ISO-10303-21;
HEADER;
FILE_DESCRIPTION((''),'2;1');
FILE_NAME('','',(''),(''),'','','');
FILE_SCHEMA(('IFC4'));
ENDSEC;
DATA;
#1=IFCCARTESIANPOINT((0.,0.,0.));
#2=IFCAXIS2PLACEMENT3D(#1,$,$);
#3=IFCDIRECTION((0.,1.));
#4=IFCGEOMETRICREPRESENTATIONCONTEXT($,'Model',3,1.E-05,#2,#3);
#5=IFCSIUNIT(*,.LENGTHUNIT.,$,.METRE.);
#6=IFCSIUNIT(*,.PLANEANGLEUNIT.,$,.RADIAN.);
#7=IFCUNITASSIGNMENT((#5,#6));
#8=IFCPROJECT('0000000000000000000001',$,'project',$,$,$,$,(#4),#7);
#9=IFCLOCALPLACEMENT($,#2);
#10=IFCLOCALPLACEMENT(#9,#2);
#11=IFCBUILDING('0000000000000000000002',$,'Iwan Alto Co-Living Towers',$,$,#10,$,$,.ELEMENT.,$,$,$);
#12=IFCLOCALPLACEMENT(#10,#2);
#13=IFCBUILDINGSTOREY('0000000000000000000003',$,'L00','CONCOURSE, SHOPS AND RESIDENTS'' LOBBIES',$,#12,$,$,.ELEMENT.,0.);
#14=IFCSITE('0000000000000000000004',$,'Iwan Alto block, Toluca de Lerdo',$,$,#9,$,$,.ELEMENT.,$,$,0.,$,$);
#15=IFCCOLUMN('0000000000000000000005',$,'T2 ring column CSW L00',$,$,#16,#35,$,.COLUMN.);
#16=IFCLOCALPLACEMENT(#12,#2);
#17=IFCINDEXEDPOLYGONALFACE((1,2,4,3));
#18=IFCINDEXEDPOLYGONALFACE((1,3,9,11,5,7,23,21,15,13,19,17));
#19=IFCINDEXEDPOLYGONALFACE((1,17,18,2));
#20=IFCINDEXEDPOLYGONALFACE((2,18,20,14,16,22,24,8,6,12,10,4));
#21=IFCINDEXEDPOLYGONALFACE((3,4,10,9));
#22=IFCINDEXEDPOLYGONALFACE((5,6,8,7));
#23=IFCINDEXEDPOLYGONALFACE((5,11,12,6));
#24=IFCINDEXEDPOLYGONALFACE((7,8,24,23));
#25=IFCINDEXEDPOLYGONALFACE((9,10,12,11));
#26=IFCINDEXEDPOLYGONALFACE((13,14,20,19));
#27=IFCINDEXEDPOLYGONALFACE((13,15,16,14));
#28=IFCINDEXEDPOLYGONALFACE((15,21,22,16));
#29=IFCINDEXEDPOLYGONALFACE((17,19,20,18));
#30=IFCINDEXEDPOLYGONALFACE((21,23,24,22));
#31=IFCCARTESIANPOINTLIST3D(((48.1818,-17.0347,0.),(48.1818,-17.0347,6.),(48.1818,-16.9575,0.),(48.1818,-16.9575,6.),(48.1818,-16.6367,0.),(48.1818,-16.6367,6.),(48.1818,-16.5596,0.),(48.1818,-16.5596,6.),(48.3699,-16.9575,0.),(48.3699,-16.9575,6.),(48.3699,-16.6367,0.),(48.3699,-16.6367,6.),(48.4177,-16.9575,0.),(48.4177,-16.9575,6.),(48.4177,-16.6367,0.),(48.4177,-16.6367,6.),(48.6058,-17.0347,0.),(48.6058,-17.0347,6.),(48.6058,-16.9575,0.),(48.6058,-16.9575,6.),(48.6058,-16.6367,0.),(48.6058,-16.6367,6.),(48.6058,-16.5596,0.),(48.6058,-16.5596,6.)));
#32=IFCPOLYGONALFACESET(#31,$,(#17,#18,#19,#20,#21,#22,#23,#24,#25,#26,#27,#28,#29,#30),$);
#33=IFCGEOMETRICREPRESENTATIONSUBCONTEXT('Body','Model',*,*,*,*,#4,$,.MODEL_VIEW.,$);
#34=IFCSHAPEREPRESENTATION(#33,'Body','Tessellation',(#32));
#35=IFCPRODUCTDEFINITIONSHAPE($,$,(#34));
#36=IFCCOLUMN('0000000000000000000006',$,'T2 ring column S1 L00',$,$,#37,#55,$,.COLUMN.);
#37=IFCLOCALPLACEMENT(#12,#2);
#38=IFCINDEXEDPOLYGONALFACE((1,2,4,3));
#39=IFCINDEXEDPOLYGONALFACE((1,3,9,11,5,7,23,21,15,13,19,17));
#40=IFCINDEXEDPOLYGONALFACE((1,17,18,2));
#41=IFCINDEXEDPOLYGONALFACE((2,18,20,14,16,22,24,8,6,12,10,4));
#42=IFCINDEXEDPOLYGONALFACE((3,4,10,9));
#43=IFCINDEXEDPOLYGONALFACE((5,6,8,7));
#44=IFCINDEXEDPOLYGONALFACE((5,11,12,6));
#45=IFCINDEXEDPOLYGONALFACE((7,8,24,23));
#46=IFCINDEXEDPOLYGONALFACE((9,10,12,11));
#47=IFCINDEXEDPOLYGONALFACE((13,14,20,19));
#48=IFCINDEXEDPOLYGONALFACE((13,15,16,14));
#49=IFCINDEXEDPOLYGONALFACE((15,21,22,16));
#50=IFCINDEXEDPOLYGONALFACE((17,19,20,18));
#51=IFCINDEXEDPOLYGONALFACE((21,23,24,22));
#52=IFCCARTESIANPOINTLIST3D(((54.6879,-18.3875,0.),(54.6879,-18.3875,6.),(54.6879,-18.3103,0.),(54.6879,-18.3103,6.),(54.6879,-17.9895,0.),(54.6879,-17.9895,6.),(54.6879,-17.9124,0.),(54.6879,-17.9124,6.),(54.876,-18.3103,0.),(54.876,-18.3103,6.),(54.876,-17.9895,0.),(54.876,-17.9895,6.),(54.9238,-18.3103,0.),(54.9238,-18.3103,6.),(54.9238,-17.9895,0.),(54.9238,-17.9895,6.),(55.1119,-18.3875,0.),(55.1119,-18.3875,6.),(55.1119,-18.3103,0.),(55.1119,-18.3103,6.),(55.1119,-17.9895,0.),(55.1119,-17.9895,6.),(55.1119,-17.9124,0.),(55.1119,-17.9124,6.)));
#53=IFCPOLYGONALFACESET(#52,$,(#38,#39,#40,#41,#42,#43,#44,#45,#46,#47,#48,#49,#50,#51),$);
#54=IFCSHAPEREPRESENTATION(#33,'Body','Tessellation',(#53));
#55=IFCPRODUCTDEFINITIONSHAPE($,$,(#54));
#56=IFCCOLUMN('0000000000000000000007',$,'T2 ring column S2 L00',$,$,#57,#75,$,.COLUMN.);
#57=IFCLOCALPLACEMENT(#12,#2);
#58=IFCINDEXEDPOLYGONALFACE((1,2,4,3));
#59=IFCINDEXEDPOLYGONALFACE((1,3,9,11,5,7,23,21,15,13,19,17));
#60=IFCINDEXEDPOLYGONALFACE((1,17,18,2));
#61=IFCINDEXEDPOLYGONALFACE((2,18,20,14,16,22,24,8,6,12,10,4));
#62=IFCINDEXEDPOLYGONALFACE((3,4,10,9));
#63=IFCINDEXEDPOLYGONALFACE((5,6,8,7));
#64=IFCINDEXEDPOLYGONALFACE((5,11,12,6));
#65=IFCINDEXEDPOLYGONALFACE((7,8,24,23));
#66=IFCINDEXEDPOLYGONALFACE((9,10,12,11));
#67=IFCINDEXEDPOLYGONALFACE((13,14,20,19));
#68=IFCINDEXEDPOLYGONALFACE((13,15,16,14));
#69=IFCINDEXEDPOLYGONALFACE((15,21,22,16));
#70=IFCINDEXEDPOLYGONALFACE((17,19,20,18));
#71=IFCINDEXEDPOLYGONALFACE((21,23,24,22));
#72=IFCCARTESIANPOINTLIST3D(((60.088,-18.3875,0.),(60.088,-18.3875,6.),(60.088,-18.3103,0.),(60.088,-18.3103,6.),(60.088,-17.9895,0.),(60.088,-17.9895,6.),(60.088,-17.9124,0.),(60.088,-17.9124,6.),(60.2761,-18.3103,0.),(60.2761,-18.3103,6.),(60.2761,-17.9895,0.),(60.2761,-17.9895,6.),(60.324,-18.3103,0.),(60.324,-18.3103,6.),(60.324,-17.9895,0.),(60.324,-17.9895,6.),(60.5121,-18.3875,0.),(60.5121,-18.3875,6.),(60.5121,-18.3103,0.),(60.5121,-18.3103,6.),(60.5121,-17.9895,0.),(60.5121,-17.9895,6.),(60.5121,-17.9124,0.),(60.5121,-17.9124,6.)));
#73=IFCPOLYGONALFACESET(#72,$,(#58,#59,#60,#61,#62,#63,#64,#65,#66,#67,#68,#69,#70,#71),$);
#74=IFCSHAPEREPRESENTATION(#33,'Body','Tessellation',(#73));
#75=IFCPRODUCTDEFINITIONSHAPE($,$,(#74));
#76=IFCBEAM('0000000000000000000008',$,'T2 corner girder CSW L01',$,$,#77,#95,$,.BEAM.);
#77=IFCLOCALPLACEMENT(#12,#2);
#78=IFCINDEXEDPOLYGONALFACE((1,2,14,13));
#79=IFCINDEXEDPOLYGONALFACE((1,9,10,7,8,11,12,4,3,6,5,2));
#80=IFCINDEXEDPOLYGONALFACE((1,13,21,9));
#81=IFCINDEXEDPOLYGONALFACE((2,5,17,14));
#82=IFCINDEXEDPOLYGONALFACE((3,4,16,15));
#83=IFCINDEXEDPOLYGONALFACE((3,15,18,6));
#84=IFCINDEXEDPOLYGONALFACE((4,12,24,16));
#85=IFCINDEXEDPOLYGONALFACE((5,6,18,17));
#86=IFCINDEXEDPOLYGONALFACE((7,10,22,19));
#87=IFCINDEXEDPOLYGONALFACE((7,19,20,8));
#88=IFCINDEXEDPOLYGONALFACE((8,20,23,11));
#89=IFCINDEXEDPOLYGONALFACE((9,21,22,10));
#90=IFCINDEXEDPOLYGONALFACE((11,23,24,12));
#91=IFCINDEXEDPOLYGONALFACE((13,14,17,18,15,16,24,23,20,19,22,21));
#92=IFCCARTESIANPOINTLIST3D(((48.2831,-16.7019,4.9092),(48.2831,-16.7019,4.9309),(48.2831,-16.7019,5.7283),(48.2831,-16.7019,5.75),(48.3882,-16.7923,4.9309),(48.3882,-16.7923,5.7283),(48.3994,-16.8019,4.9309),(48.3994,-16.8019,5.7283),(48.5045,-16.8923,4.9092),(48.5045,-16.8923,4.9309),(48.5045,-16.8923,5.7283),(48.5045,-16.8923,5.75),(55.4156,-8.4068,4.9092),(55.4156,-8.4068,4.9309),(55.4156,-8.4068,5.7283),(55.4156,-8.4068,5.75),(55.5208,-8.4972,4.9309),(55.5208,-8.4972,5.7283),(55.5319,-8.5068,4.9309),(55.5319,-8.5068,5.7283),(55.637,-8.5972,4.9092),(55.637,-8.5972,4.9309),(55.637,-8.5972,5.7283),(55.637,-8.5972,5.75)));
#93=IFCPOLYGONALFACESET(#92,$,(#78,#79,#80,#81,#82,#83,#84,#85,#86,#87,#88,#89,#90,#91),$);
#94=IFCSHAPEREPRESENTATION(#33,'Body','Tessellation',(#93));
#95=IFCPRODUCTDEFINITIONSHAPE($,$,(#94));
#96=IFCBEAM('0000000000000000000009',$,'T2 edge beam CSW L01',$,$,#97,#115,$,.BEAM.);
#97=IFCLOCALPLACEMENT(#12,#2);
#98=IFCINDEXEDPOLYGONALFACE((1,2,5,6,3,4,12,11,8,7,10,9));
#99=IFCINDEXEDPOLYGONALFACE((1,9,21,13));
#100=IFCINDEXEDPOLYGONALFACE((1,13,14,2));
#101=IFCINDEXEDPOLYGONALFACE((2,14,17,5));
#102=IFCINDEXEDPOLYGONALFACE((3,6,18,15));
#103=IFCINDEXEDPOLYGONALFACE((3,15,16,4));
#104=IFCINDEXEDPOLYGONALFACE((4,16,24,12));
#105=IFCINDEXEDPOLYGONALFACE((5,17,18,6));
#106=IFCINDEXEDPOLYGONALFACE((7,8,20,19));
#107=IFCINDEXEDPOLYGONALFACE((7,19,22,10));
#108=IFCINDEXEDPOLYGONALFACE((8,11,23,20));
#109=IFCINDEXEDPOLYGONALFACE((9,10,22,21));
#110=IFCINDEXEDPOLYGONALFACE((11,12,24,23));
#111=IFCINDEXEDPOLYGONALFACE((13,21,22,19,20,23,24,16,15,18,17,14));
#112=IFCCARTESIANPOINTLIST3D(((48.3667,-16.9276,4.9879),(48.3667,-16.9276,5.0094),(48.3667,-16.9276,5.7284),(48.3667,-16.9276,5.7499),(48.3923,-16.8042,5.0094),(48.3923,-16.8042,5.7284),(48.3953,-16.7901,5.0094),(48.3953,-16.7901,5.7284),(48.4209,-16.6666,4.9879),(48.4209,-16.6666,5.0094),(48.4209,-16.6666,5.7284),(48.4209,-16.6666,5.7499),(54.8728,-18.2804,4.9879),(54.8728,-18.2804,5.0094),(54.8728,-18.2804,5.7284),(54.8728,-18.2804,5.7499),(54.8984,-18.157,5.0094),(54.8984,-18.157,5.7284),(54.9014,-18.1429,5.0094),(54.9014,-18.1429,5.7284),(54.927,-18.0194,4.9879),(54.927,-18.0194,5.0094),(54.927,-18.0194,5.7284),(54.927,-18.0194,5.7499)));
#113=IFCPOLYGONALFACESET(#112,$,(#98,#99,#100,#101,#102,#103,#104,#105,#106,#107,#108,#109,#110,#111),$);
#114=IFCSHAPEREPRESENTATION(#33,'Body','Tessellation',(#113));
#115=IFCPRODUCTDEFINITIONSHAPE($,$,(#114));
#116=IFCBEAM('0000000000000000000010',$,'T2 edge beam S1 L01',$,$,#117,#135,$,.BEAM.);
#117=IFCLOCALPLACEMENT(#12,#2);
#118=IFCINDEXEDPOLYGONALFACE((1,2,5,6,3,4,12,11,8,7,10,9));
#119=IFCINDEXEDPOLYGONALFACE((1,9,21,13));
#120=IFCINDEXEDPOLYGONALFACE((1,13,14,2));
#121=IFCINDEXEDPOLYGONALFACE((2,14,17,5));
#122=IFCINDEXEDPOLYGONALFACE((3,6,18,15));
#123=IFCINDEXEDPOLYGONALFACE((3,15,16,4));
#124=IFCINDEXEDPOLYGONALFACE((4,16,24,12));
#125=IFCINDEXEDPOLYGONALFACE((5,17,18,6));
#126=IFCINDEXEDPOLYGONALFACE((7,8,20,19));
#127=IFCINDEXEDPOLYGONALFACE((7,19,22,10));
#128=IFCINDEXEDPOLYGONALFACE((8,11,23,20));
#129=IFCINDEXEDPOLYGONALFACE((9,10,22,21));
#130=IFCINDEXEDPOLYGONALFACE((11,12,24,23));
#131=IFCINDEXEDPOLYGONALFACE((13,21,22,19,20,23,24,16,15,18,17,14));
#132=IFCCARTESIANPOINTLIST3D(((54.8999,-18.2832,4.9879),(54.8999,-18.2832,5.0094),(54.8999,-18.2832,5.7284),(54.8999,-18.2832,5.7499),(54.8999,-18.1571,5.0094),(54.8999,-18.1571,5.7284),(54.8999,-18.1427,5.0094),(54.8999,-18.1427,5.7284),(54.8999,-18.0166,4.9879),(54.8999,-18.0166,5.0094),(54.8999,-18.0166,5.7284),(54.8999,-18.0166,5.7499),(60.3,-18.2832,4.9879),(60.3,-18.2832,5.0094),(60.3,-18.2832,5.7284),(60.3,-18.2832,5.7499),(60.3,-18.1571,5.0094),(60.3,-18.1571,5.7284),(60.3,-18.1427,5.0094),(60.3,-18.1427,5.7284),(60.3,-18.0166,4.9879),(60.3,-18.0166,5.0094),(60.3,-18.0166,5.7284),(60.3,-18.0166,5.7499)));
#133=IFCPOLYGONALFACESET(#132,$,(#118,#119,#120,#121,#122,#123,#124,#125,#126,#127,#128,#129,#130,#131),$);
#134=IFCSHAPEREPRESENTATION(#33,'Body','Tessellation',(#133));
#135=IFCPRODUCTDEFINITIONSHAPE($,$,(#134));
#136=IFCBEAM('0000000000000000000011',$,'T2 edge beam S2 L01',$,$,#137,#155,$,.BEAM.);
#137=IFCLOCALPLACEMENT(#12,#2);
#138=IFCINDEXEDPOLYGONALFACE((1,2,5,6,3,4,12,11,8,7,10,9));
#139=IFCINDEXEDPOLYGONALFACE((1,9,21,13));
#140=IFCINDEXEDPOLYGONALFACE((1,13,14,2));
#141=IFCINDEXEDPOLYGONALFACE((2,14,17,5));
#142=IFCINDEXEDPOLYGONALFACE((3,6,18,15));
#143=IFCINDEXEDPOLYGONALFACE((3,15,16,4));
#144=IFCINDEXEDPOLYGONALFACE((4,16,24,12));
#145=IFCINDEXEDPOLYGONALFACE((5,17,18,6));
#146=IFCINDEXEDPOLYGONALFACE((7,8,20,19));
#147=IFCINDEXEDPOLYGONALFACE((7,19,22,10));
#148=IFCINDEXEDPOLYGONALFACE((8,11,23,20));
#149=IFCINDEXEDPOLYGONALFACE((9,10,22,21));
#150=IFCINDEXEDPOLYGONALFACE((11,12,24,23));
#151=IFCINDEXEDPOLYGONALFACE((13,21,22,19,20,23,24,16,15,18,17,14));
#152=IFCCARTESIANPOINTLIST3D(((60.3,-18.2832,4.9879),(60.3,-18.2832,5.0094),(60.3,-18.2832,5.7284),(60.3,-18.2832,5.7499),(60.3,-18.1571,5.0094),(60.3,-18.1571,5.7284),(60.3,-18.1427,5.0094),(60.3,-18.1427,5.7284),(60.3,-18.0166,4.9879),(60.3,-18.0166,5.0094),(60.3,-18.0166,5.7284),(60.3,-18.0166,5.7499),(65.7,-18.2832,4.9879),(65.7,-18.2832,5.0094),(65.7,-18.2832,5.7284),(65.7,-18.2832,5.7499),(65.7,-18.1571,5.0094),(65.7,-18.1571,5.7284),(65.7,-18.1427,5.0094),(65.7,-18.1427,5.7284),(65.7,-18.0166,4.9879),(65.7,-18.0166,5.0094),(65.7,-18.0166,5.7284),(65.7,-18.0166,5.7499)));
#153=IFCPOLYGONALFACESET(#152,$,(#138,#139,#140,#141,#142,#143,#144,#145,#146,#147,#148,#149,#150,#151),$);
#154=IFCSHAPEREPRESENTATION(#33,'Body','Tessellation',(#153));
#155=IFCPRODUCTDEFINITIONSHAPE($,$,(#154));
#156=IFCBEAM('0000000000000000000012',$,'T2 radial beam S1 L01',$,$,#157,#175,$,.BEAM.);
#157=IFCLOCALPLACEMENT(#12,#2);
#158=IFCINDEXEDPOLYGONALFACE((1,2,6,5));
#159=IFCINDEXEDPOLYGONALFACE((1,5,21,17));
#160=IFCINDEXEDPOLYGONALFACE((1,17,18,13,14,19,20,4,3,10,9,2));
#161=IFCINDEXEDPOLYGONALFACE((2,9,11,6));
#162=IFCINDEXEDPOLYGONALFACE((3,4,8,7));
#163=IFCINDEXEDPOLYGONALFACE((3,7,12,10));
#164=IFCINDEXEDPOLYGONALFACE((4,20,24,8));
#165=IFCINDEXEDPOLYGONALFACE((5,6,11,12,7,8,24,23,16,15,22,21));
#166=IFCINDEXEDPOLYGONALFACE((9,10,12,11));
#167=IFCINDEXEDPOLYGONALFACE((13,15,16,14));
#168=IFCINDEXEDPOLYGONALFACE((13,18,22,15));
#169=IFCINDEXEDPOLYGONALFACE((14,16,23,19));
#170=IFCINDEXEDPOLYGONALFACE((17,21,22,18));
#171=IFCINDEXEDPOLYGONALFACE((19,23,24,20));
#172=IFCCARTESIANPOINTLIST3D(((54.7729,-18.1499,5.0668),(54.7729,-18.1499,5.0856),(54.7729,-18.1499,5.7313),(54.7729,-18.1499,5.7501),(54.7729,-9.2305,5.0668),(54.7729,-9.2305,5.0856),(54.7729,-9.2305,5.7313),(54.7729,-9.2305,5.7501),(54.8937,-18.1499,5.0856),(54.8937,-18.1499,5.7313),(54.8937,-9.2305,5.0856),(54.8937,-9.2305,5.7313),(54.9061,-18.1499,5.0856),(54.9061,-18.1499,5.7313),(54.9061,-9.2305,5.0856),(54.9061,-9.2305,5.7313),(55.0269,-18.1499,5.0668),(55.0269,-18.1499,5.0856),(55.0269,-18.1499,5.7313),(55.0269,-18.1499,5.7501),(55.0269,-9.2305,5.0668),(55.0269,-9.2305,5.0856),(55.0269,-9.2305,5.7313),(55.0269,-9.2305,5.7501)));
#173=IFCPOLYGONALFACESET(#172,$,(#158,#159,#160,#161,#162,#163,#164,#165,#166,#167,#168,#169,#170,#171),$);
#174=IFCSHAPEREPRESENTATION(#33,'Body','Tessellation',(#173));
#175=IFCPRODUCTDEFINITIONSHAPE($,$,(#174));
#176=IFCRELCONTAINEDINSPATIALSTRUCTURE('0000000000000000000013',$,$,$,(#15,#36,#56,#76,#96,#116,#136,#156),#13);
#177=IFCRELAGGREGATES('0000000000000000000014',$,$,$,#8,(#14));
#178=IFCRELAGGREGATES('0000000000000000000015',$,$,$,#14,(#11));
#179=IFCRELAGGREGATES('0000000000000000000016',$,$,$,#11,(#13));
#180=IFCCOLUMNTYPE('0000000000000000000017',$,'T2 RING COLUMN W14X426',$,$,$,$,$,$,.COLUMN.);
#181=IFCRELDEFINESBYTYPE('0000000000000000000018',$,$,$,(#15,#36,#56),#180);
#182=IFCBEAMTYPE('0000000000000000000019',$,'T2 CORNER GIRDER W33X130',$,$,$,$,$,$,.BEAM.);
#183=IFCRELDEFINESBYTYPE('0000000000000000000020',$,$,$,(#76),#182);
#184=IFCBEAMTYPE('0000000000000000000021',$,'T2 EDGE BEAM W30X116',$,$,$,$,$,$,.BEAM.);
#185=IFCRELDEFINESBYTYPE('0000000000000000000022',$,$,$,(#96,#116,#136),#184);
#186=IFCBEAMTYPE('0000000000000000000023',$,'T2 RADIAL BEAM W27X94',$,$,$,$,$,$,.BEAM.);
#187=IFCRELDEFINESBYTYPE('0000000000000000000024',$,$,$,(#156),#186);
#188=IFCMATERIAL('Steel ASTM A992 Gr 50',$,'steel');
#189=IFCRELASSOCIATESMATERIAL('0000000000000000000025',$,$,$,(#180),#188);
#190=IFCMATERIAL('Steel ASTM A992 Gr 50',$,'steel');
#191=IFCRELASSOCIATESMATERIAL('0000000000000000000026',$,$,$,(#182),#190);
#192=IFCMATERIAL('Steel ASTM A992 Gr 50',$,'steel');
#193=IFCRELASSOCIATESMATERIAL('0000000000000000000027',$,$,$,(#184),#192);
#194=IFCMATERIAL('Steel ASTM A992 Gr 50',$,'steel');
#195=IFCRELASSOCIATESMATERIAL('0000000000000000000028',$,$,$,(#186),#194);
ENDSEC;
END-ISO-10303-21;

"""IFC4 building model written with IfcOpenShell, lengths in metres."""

from ifc_helpers import new_model, si_unit, direction, frame, origin, origin_2d, place, context, subcontext, project, spatial, i_section, extrude, material, material_profile, profile_set, type_object, element, save


model = new_model("IFC4")

# Units and contexts
model_context = context("Model", 3, precision=1e-05, world=origin(), true_north=direction((0.0, 1.0)))
body_context = subcontext(model_context, "Body", "Model", "MODEL_VIEW")
ifc_project = project(units=[si_unit("LENGTHUNIT", "METRE"), si_unit("PLANEANGLEUNIT", "RADIAN")], contexts=[model_context])

# Site, building, storey
site_placement = place(None, origin())
site = spatial("IfcSite", under=ifc_project, at=site_placement, Name="Iwan Alto block, Toluca de Lerdo", CompositionType="ELEMENT", RefElevation=0.0)
building_placement = place(site_placement, origin())
building = spatial("IfcBuilding", under=site, at=building_placement, Name="Iwan Alto Co-Living Towers", CompositionType="ELEMENT")
storey_placement = place(building_placement, origin())
storey = spatial("IfcBuildingStorey", under=building, at=storey_placement, Name="L00", Description="CONCOURSE, SHOPS AND RESIDENTS' LOBBIES", CompositionType="ELEMENT", Elevation=0.0)

# Columns
ifc_material_1 = material(Name="Steel ASTM A992 Gr 50", Category="steel")
ifc_material_profile_1 = material_profile(ifc_material_1, i_section(OverallWidth=0.4241, OverallDepth=0.4751, WebThickness=0.0479, FlangeThickness=0.0771, at=origin_2d()), Name="W14X426")
ifc_profile_set_1 = profile_set([ifc_material_profile_1], Name="Steel ASTM A992 Gr 50")
column_type = type_object("IfcColumnType", Name="T2 RING COLUMN W14X426", PredefinedType="COLUMN", material=ifc_profile_set_1)
for number, where, z_axis, x_axis, name in (
    (1, (48.3938, -16.7971, 0.0), (0.0, 0.0, 1.0), (1.0, 0.0, 0.0), "T2 ring column CSW L00"),
    (2, (54.8999, -18.1499, 0.0), (0.0, 0.0, 1.0), (1.0, 0.0, 0.0), "T2 ring column S1 L00"),
    (3, (60.3, -18.1499, 0.0), (0.0, 0.0, 1.0), (1.0, 0.0, 0.0), "T2 ring column S2 L00"),
):
    element("IfcColumn", number, at=place(storey_placement, frame(where, z_axis=z_axis, x_axis=x_axis)), inside=storey, type_object=column_type, Name=name, PredefinedType="COLUMN", context=body_context, shape_type="SweptSolid", body=[
        extrude(i_section(OverallWidth=0.4241, OverallDepth=0.4751, WebThickness=0.0479, FlangeThickness=0.0771, at=origin_2d()), origin(), (0.0, 0.0, 1.0), 6.0),
    ])

# Beams
ifc_material_2 = material(Name="Steel ASTM A992 Gr 50", Category="steel")
ifc_material_profile_2 = material_profile(ifc_material_2, i_section(OverallWidth=0.292, OverallDepth=0.8408, WebThickness=0.0146, FlangeThickness=0.0217, at=origin_2d()), Name="W33X130")
ifc_profile_set_2 = profile_set([ifc_material_profile_2], Name="Steel ASTM A992 Gr 50")
beam_type_1 = type_object("IfcBeamType", Name="T2 CORNER GIRDER W33X130", PredefinedType="BEAM", material=ifc_profile_set_2)
beam_1_placement = place(storey_placement, frame((48.3938, -16.7971, 5.3296), z_axis=(0.651972, 0.758243, 0.0), x_axis=(-0.758243, 0.651972, 0.0)))
element("IfcBeam", 4, at=beam_1_placement, inside=storey, type_object=beam_type_1, Name="T2 corner girder CSW L01", PredefinedType="BEAM", context=body_context, shape_type="SweptSolid", body=[
    extrude(i_section(OverallWidth=0.292, OverallDepth=0.8408, WebThickness=0.0146, FlangeThickness=0.0217, at=origin_2d()), origin(), (0.0, 0.0, 1.0), 10.9399),
])
ifc_material_3 = material(Name="Steel ASTM A992 Gr 50", Category="steel")
ifc_material_profile_3 = material_profile(ifc_material_3, i_section(OverallWidth=0.2666, OverallDepth=0.762, WebThickness=0.0144, FlangeThickness=0.0215, at=origin_2d()), Name="W30X116")
ifc_profile_set_3 = profile_set([ifc_material_profile_3], Name="Steel ASTM A992 Gr 50")
beam_type_2 = type_object("IfcBeamType", Name="T2 EDGE BEAM W30X116", PredefinedType="BEAM", material=ifc_profile_set_3)
beam_2_placement = place(storey_placement, frame((48.3938, -16.7971, 5.3689), z_axis=(0.97906, -0.203571, 0.0), x_axis=(0.203571, 0.97906, 0.0)))
element("IfcBeam", 5, at=beam_2_placement, inside=storey, type_object=beam_type_2, Name="T2 edge beam CSW L01", PredefinedType="BEAM", context=body_context, shape_type="SweptSolid", body=[
    extrude(i_section(OverallWidth=0.2666, OverallDepth=0.762, WebThickness=0.0144, FlangeThickness=0.0215, at=origin_2d()), origin(), (0.0, 0.0, 1.0), 6.6453),
])
beam_3_placement = place(storey_placement, frame((54.8999, -18.1499, 5.3689), z_axis=(1.0, 0.0, 0.0), x_axis=(0.0, 1.0, 0.0)))
element("IfcBeam", 6, at=beam_3_placement, inside=storey, type_object=beam_type_2, Name="T2 edge beam S1 L01", PredefinedType="BEAM", context=body_context, shape_type="SweptSolid", body=[
    extrude(i_section(OverallWidth=0.2666, OverallDepth=0.762, WebThickness=0.0144, FlangeThickness=0.0215, at=origin_2d()), origin(), (0.0, 0.0, 1.0), 5.4001),
])
beam_4_placement = place(storey_placement, frame((60.3, -18.1499, 5.3689), z_axis=(1.0, 0.0, 0.0), x_axis=(0.0, 1.0, 0.0)))
element("IfcBeam", 7, at=beam_4_placement, inside=storey, type_object=beam_type_2, Name="T2 edge beam S2 L01", PredefinedType="BEAM", context=body_context, shape_type="SweptSolid", body=[
    extrude(i_section(OverallWidth=0.2666, OverallDepth=0.762, WebThickness=0.0144, FlangeThickness=0.0215, at=origin_2d()), origin(), (0.0, 0.0, 1.0), 5.3999),
])
ifc_material_4 = material(Name="Steel ASTM A992 Gr 50", Category="steel")
ifc_material_profile_4 = material_profile(ifc_material_4, i_section(OverallWidth=0.2539, OverallDepth=0.6833, WebThickness=0.0125, FlangeThickness=0.0188, at=origin_2d()), Name="W27X94")
ifc_profile_set_4 = profile_set([ifc_material_profile_4], Name="Steel ASTM A992 Gr 50")
beam_type_3 = type_object("IfcBeamType", Name="T2 RADIAL BEAM W27X94", PredefinedType="BEAM", material=ifc_profile_set_4)
beam_5_placement = place(storey_placement, frame((54.8999, -18.1499, 5.4084), z_axis=(0.0, 1.0, 0.0), x_axis=(-1.0, 0.0, 0.0)))
element("IfcBeam", 8, at=beam_5_placement, inside=storey, type_object=beam_type_3, Name="T2 radial beam S1 L01", PredefinedType="BEAM", context=body_context, shape_type="SweptSolid", body=[
    extrude(i_section(OverallWidth=0.2539, OverallDepth=0.6833, WebThickness=0.0125, FlangeThickness=0.0188, at=origin_2d()), origin(), (0.0, 0.0, 1.0), 8.9194),
])

save(model, "model.ifc")
